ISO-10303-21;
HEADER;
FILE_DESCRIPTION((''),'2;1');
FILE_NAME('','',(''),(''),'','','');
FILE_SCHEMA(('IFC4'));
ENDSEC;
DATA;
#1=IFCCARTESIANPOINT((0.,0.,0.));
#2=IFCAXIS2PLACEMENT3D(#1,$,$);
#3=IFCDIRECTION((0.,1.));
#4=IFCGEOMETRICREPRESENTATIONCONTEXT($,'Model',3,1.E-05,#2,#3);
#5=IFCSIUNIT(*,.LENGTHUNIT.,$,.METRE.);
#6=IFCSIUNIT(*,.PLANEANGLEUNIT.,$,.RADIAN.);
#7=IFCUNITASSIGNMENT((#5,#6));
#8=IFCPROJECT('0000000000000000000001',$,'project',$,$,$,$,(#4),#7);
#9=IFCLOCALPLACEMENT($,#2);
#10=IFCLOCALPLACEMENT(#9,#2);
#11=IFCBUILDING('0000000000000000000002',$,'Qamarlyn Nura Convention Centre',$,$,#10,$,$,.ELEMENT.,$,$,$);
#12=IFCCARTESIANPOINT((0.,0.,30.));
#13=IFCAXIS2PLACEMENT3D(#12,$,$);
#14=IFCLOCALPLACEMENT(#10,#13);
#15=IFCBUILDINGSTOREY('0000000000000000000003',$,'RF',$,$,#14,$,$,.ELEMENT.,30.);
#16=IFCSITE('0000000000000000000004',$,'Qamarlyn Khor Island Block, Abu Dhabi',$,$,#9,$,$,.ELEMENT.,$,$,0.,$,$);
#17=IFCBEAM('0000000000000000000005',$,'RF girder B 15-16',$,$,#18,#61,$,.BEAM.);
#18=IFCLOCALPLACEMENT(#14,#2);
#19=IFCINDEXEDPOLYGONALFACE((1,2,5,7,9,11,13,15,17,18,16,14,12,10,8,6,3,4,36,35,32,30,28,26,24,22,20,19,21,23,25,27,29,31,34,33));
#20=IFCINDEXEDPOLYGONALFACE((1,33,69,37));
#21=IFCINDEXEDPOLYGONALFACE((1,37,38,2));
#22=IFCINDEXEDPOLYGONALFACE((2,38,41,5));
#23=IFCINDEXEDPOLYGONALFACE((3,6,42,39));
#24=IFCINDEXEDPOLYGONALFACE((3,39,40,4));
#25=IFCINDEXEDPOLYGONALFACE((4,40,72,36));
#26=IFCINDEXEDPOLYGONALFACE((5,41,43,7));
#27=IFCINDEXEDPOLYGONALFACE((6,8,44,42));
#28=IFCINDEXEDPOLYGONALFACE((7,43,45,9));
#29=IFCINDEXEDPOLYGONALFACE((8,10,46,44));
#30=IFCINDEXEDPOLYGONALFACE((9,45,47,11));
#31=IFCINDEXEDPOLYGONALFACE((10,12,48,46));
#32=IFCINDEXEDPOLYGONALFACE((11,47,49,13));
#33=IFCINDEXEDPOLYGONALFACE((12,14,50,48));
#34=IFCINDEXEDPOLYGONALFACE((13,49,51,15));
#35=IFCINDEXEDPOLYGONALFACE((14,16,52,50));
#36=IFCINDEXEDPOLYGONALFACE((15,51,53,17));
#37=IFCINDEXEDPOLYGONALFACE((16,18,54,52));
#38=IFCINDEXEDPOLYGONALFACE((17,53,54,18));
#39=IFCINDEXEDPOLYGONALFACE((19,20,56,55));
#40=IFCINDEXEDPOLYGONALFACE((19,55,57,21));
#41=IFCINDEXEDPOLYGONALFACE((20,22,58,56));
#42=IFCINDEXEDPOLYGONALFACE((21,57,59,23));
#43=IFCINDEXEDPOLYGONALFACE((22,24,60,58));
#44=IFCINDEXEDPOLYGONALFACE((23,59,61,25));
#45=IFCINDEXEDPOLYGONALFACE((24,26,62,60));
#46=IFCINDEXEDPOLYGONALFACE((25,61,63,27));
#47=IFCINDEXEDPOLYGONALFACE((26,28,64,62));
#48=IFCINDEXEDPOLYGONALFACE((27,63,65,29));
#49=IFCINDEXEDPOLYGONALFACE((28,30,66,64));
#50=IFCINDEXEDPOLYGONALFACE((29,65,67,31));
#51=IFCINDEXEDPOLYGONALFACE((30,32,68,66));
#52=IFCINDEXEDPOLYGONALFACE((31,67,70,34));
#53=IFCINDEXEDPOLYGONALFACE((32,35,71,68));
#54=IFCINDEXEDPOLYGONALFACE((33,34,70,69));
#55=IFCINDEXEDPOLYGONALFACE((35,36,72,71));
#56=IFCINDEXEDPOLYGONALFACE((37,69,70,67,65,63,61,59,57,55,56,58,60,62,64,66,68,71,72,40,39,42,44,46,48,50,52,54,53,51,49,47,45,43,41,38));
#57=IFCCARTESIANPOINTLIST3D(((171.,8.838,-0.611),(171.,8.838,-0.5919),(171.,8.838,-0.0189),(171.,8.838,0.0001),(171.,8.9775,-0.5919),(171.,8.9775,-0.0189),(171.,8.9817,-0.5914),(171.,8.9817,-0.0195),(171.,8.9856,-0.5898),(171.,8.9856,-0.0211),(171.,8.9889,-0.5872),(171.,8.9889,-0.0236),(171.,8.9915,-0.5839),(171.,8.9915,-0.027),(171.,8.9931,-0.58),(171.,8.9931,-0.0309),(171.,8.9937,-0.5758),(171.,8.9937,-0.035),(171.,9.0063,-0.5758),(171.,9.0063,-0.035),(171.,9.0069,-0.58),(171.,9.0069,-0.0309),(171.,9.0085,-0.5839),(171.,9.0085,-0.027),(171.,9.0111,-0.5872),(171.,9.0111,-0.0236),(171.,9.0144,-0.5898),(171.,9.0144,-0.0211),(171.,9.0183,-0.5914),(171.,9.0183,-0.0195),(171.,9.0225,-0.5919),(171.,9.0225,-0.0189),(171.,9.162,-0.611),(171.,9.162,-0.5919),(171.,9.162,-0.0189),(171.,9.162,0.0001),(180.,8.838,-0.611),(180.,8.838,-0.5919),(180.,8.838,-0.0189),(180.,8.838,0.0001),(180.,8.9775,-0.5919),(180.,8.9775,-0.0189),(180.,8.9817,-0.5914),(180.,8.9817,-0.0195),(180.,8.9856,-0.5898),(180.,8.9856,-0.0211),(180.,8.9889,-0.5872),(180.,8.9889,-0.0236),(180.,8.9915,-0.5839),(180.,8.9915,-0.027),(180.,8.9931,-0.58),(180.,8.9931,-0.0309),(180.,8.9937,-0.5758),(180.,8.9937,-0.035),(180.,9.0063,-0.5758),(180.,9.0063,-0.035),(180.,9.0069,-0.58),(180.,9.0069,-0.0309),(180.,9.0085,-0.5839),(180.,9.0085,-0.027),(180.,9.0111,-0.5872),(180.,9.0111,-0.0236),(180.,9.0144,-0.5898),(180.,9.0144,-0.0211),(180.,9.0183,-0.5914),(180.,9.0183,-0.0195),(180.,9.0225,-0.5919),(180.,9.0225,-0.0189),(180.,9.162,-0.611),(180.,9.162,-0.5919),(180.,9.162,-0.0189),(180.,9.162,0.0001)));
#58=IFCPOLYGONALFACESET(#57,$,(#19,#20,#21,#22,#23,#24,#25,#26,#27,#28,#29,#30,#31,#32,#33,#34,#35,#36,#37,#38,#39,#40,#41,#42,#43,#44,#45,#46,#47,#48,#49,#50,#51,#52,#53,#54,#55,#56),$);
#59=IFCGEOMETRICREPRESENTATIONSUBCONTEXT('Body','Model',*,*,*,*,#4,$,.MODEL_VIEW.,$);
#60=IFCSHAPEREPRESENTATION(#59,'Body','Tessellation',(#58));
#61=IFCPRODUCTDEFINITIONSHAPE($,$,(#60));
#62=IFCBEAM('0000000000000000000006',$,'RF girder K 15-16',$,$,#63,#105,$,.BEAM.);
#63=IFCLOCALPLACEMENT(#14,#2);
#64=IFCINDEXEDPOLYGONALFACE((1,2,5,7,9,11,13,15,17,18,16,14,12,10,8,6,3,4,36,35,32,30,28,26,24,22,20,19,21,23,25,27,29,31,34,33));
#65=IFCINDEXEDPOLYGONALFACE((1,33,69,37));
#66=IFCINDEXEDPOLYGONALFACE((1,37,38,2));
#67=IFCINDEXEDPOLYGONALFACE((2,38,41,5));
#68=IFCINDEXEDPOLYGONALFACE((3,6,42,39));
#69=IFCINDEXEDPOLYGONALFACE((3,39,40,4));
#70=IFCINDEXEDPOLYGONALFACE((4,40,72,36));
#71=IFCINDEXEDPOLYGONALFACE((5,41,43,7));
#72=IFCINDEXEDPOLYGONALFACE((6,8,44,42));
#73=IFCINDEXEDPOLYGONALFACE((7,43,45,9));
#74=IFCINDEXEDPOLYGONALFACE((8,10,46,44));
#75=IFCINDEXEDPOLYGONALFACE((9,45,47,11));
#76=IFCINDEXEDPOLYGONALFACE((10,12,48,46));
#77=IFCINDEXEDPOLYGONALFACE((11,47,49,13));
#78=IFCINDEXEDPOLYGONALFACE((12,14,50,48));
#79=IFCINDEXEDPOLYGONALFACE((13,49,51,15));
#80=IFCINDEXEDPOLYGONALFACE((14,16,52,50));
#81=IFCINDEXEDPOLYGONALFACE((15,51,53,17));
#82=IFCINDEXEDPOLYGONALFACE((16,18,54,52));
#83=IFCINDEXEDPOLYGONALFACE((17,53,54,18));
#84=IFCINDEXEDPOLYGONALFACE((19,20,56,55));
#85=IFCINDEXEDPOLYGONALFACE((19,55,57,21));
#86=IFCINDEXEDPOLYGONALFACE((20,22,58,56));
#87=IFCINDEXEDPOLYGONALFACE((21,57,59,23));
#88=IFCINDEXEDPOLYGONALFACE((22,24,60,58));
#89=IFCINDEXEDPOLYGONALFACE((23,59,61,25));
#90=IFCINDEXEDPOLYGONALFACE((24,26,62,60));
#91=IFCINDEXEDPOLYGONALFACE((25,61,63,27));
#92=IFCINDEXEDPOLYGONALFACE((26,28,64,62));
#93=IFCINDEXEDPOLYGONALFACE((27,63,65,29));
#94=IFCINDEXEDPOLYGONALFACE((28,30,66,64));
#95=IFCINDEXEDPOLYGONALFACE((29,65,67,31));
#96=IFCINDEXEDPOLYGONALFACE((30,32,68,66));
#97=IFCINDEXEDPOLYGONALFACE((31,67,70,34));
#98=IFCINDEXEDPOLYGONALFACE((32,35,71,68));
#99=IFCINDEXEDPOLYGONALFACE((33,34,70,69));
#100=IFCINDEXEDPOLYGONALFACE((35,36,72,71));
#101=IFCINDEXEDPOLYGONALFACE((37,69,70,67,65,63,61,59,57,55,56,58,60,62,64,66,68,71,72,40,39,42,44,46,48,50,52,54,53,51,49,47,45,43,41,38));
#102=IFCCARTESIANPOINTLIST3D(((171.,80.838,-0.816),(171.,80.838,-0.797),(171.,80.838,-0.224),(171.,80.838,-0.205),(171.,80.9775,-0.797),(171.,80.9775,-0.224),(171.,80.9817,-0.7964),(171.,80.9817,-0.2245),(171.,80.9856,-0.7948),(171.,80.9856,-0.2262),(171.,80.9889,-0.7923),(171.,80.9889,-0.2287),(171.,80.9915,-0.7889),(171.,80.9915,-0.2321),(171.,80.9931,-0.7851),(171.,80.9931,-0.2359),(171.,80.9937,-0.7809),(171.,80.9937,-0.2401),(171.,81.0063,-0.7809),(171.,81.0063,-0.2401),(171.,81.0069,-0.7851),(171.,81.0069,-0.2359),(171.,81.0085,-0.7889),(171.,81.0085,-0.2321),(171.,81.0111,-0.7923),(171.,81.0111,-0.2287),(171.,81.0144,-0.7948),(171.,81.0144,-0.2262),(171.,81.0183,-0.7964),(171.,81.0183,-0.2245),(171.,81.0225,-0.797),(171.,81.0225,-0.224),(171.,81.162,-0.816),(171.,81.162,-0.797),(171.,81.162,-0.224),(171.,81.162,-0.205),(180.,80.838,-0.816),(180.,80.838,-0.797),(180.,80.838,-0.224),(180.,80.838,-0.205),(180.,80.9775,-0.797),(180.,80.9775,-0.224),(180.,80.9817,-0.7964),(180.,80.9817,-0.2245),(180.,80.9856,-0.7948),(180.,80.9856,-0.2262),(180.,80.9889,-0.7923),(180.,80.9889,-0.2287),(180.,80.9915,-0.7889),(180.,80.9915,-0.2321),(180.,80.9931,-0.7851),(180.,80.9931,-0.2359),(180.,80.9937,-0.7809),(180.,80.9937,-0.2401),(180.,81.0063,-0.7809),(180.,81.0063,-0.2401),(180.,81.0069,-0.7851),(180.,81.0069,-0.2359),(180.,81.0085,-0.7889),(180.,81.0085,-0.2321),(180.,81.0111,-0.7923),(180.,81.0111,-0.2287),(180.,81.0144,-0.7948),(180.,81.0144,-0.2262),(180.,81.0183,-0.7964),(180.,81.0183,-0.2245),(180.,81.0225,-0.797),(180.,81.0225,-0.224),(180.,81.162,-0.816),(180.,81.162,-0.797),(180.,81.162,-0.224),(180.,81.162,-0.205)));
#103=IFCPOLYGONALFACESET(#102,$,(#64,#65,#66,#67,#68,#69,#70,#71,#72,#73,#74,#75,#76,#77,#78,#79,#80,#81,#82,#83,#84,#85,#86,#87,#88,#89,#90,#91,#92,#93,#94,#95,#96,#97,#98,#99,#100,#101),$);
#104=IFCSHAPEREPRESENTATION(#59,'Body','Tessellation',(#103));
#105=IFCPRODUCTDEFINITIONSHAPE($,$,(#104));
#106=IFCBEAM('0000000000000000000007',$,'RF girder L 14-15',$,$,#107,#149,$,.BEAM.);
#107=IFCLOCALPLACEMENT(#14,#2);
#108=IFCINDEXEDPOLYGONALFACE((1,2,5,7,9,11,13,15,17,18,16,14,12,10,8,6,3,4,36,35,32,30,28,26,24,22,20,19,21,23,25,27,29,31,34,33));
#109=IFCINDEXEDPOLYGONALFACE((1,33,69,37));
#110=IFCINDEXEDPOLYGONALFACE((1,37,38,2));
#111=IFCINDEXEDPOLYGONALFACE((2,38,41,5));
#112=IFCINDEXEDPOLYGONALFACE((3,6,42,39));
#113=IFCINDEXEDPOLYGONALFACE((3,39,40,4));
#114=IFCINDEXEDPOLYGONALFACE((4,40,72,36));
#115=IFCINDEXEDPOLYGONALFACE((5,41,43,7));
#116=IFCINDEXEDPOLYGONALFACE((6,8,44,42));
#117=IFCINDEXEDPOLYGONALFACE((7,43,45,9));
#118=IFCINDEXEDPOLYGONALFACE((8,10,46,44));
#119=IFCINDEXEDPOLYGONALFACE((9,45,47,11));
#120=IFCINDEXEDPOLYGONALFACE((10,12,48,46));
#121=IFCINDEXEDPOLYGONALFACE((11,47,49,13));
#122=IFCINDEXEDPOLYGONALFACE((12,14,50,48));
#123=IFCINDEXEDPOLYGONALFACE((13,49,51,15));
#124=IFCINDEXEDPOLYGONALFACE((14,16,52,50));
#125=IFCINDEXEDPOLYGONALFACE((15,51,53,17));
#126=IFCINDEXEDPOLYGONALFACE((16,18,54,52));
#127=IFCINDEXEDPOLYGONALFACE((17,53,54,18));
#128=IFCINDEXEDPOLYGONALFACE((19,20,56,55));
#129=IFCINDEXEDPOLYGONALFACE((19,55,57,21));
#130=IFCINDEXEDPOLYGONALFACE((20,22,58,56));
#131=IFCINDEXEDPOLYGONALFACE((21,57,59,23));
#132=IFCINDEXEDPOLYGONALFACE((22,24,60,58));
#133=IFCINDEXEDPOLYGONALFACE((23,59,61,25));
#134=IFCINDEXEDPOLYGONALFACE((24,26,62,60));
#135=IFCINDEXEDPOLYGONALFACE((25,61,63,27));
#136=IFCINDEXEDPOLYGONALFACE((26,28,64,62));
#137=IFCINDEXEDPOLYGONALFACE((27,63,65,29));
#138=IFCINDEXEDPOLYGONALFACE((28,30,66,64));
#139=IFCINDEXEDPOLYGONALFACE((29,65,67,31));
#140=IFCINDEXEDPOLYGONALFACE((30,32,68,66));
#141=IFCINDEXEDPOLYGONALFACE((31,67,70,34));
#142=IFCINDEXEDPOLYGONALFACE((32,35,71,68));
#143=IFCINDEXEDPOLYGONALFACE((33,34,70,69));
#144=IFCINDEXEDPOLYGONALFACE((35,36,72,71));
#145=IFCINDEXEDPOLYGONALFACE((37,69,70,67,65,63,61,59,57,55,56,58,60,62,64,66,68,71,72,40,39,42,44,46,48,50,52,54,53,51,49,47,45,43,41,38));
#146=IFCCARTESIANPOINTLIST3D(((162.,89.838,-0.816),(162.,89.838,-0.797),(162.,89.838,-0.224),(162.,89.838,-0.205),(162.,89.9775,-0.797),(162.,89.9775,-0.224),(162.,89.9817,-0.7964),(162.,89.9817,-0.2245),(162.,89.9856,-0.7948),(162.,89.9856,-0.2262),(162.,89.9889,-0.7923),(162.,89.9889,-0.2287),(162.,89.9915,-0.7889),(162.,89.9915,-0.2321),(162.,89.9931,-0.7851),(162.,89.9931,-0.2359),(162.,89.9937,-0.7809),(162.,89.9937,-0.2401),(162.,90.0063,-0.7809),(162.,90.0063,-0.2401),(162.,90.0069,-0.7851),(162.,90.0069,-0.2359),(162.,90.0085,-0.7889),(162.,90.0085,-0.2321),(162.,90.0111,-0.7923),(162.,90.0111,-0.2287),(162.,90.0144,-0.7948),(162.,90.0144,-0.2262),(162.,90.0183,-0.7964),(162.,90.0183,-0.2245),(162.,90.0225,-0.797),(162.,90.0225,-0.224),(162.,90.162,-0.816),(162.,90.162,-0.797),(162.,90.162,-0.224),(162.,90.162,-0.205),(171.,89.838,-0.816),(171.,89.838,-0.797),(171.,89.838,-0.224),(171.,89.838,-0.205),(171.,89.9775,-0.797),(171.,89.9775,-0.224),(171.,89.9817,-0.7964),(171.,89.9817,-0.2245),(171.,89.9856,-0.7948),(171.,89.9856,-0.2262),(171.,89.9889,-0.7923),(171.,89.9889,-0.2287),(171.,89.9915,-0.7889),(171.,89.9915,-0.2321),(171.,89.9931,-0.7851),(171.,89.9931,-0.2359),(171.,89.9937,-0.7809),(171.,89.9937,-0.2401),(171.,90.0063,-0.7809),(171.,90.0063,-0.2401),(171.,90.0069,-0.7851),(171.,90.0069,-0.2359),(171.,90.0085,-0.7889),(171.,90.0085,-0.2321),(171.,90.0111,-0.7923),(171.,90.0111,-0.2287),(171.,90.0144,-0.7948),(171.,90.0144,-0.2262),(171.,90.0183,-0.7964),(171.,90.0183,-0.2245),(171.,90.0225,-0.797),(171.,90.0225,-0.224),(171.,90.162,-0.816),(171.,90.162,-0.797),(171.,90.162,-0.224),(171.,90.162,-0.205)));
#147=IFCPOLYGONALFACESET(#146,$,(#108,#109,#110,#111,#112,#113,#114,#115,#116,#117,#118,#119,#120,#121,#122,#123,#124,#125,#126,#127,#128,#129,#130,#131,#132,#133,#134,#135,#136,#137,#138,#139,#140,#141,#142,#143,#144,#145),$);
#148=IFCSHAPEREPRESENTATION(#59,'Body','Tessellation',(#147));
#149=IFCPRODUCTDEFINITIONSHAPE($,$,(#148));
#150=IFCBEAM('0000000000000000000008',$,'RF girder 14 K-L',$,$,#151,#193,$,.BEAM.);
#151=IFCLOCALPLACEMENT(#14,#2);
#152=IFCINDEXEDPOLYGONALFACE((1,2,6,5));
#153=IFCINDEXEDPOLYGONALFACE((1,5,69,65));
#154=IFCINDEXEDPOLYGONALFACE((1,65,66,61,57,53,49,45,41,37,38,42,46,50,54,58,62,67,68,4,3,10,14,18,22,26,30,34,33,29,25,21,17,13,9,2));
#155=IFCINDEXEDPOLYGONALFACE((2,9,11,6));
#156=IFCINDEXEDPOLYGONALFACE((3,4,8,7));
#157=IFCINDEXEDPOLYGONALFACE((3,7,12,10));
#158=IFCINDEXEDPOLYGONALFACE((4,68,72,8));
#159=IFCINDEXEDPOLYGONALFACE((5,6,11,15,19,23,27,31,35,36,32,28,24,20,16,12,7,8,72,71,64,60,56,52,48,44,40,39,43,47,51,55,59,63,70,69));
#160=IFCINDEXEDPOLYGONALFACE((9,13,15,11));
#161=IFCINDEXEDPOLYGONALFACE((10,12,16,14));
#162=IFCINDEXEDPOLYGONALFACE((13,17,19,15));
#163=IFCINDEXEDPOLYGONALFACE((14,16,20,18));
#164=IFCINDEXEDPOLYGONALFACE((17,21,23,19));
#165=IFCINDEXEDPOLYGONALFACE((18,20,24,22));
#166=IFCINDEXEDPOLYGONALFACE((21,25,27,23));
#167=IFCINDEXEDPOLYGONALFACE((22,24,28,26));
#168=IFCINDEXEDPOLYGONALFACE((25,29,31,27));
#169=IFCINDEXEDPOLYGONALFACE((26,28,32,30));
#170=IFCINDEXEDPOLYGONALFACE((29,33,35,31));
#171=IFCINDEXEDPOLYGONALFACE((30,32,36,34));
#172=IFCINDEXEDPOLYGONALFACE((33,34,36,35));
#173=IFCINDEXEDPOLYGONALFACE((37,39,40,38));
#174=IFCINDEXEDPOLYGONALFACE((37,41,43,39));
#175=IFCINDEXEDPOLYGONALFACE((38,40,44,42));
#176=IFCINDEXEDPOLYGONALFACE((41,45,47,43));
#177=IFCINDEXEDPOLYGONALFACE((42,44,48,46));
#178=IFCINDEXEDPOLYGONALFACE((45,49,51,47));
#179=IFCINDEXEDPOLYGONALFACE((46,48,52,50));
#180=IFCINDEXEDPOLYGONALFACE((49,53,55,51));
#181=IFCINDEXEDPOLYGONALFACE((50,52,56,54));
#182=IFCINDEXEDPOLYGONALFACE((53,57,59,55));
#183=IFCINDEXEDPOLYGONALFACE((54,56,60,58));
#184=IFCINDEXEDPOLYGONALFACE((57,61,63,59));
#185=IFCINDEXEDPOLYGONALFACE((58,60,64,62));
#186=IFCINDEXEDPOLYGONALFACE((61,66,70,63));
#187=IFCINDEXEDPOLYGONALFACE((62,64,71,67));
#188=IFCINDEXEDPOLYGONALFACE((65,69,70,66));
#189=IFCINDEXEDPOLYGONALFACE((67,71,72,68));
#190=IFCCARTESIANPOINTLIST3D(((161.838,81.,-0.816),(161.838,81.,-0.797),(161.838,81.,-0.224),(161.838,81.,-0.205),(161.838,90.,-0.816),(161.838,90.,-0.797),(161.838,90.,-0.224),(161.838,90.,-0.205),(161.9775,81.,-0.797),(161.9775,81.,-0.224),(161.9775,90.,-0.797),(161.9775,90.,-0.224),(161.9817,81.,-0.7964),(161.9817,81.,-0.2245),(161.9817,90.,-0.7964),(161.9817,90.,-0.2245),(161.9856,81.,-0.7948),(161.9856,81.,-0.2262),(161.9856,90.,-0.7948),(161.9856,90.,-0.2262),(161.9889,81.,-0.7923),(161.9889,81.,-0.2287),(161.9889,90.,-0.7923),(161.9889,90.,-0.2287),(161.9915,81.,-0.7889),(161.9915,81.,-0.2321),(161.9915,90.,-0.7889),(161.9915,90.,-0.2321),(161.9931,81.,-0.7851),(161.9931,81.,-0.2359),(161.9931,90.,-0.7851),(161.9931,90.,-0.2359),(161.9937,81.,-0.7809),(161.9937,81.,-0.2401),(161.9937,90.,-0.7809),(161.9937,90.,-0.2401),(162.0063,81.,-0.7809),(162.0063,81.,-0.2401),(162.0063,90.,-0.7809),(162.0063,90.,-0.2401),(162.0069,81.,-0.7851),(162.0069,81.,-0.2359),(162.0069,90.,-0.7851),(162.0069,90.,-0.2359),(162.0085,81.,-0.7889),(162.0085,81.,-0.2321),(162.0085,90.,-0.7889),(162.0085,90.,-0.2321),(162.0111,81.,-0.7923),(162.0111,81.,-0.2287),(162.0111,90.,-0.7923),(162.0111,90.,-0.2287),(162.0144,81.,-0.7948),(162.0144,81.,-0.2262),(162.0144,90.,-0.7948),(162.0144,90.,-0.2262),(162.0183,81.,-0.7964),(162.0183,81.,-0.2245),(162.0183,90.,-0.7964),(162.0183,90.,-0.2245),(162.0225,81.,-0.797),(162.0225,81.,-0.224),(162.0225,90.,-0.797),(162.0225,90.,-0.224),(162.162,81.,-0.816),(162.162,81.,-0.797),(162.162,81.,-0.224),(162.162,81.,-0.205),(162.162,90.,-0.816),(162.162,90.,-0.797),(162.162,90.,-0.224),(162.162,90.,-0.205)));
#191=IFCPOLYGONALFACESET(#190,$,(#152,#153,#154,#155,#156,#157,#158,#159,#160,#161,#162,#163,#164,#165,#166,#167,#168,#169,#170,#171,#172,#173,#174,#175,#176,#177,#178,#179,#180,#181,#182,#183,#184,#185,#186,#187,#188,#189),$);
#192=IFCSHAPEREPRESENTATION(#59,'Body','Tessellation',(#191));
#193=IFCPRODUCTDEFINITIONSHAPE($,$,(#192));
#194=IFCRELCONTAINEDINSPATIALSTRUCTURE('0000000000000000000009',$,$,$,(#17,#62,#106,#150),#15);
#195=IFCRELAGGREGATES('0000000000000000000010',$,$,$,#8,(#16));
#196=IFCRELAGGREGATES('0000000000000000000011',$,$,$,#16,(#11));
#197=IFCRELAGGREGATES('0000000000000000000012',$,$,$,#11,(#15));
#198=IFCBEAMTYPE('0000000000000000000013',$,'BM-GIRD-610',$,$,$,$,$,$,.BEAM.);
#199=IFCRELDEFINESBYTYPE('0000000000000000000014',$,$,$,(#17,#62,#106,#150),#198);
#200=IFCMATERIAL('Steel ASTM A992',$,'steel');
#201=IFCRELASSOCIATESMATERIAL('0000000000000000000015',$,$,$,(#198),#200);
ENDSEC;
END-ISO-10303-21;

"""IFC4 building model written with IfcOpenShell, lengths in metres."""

from ifc_helpers import new_model, si_unit, direction, frame, origin, origin_2d, place, context, subcontext, project, spatial, i_section, extrude, material, material_profile, profile_set, type_object, element, save


model = new_model("IFC4")

# Units and contexts
model_context = context("Model", 3, precision=1e-05, world=origin(), true_north=direction((0.0, 1.0)))
body_context = subcontext(model_context, "Body", "Model", "MODEL_VIEW")
ifc_project = project(units=[si_unit("LENGTHUNIT", "METRE"), si_unit("PLANEANGLEUNIT", "RADIAN")], contexts=[model_context])

# Site, building, storey
site_placement = place(None, origin())
site = spatial("IfcSite", under=ifc_project, at=site_placement, Name="Qamarlyn Khor Island Block, Abu Dhabi", CompositionType="ELEMENT", RefElevation=0.0)
building_placement = place(site_placement, origin())
building = spatial("IfcBuilding", under=site, at=building_placement, Name="Qamarlyn Nura Convention Centre", CompositionType="ELEMENT")
storey_placement = place(building_placement, frame((0.0, 0.0, 30.0)))
storey = spatial("IfcBuildingStorey", under=building, at=storey_placement, Name="RF", CompositionType="ELEMENT", Elevation=30.0)

# Beams
ifc_material_1 = material(Name="Steel ASTM A992", Category="steel")
ifc_material_profile_1 = material_profile(ifc_material_1, i_section(OverallWidth=0.324, OverallDepth=0.6111, WebThickness=0.0127, FlangeThickness=0.019, FilletRadius=0.0161, at=origin_2d()), Name="W610X155")
ifc_profile_set_1 = profile_set([ifc_material_profile_1], Name="Steel ASTM A992")
beam_type_1 = type_object("IfcBeamType", Name="BM-GIRD-610", PredefinedType="BEAM", material=ifc_profile_set_1)
for number, where, z_axis, x_axis, name in (
    (1, (171.0, 9.0, -0.3054), (1.0, 0.0, 0.0), (0.0, 1.0, 0.0), "RF girder B 15-16"),
    (2, (171.0, 81.0, -0.5105), (1.0, 0.0, 0.0), (0.0, 1.0, 0.0), "RF girder K 15-16"),
    (3, (162.0, 90.0, -0.5105), (1.0, 0.0, 0.0), (0.0, 1.0, 0.0), "RF girder L 14-15"),
    (4, (162.0, 81.0, -0.5105), (0.0, 1.0, 0.0), (-1.0, 0.0, 0.0), "RF girder 14 K-L"),
):
    element("IfcBeam", number, at=place(storey_placement, frame(where, z_axis=z_axis, x_axis=x_axis)), inside=storey, type_object=beam_type_1, Name=name, PredefinedType="BEAM", context=body_context, shape_type="SweptSolid", body=[
        extrude(i_section(OverallWidth=0.324, OverallDepth=0.6111, WebThickness=0.0127, FlangeThickness=0.019, FilletRadius=0.0161, at=origin_2d()), origin(), (0.0, 0.0, 1.0), 9.0),
    ])

save(model, "model.ifc")
